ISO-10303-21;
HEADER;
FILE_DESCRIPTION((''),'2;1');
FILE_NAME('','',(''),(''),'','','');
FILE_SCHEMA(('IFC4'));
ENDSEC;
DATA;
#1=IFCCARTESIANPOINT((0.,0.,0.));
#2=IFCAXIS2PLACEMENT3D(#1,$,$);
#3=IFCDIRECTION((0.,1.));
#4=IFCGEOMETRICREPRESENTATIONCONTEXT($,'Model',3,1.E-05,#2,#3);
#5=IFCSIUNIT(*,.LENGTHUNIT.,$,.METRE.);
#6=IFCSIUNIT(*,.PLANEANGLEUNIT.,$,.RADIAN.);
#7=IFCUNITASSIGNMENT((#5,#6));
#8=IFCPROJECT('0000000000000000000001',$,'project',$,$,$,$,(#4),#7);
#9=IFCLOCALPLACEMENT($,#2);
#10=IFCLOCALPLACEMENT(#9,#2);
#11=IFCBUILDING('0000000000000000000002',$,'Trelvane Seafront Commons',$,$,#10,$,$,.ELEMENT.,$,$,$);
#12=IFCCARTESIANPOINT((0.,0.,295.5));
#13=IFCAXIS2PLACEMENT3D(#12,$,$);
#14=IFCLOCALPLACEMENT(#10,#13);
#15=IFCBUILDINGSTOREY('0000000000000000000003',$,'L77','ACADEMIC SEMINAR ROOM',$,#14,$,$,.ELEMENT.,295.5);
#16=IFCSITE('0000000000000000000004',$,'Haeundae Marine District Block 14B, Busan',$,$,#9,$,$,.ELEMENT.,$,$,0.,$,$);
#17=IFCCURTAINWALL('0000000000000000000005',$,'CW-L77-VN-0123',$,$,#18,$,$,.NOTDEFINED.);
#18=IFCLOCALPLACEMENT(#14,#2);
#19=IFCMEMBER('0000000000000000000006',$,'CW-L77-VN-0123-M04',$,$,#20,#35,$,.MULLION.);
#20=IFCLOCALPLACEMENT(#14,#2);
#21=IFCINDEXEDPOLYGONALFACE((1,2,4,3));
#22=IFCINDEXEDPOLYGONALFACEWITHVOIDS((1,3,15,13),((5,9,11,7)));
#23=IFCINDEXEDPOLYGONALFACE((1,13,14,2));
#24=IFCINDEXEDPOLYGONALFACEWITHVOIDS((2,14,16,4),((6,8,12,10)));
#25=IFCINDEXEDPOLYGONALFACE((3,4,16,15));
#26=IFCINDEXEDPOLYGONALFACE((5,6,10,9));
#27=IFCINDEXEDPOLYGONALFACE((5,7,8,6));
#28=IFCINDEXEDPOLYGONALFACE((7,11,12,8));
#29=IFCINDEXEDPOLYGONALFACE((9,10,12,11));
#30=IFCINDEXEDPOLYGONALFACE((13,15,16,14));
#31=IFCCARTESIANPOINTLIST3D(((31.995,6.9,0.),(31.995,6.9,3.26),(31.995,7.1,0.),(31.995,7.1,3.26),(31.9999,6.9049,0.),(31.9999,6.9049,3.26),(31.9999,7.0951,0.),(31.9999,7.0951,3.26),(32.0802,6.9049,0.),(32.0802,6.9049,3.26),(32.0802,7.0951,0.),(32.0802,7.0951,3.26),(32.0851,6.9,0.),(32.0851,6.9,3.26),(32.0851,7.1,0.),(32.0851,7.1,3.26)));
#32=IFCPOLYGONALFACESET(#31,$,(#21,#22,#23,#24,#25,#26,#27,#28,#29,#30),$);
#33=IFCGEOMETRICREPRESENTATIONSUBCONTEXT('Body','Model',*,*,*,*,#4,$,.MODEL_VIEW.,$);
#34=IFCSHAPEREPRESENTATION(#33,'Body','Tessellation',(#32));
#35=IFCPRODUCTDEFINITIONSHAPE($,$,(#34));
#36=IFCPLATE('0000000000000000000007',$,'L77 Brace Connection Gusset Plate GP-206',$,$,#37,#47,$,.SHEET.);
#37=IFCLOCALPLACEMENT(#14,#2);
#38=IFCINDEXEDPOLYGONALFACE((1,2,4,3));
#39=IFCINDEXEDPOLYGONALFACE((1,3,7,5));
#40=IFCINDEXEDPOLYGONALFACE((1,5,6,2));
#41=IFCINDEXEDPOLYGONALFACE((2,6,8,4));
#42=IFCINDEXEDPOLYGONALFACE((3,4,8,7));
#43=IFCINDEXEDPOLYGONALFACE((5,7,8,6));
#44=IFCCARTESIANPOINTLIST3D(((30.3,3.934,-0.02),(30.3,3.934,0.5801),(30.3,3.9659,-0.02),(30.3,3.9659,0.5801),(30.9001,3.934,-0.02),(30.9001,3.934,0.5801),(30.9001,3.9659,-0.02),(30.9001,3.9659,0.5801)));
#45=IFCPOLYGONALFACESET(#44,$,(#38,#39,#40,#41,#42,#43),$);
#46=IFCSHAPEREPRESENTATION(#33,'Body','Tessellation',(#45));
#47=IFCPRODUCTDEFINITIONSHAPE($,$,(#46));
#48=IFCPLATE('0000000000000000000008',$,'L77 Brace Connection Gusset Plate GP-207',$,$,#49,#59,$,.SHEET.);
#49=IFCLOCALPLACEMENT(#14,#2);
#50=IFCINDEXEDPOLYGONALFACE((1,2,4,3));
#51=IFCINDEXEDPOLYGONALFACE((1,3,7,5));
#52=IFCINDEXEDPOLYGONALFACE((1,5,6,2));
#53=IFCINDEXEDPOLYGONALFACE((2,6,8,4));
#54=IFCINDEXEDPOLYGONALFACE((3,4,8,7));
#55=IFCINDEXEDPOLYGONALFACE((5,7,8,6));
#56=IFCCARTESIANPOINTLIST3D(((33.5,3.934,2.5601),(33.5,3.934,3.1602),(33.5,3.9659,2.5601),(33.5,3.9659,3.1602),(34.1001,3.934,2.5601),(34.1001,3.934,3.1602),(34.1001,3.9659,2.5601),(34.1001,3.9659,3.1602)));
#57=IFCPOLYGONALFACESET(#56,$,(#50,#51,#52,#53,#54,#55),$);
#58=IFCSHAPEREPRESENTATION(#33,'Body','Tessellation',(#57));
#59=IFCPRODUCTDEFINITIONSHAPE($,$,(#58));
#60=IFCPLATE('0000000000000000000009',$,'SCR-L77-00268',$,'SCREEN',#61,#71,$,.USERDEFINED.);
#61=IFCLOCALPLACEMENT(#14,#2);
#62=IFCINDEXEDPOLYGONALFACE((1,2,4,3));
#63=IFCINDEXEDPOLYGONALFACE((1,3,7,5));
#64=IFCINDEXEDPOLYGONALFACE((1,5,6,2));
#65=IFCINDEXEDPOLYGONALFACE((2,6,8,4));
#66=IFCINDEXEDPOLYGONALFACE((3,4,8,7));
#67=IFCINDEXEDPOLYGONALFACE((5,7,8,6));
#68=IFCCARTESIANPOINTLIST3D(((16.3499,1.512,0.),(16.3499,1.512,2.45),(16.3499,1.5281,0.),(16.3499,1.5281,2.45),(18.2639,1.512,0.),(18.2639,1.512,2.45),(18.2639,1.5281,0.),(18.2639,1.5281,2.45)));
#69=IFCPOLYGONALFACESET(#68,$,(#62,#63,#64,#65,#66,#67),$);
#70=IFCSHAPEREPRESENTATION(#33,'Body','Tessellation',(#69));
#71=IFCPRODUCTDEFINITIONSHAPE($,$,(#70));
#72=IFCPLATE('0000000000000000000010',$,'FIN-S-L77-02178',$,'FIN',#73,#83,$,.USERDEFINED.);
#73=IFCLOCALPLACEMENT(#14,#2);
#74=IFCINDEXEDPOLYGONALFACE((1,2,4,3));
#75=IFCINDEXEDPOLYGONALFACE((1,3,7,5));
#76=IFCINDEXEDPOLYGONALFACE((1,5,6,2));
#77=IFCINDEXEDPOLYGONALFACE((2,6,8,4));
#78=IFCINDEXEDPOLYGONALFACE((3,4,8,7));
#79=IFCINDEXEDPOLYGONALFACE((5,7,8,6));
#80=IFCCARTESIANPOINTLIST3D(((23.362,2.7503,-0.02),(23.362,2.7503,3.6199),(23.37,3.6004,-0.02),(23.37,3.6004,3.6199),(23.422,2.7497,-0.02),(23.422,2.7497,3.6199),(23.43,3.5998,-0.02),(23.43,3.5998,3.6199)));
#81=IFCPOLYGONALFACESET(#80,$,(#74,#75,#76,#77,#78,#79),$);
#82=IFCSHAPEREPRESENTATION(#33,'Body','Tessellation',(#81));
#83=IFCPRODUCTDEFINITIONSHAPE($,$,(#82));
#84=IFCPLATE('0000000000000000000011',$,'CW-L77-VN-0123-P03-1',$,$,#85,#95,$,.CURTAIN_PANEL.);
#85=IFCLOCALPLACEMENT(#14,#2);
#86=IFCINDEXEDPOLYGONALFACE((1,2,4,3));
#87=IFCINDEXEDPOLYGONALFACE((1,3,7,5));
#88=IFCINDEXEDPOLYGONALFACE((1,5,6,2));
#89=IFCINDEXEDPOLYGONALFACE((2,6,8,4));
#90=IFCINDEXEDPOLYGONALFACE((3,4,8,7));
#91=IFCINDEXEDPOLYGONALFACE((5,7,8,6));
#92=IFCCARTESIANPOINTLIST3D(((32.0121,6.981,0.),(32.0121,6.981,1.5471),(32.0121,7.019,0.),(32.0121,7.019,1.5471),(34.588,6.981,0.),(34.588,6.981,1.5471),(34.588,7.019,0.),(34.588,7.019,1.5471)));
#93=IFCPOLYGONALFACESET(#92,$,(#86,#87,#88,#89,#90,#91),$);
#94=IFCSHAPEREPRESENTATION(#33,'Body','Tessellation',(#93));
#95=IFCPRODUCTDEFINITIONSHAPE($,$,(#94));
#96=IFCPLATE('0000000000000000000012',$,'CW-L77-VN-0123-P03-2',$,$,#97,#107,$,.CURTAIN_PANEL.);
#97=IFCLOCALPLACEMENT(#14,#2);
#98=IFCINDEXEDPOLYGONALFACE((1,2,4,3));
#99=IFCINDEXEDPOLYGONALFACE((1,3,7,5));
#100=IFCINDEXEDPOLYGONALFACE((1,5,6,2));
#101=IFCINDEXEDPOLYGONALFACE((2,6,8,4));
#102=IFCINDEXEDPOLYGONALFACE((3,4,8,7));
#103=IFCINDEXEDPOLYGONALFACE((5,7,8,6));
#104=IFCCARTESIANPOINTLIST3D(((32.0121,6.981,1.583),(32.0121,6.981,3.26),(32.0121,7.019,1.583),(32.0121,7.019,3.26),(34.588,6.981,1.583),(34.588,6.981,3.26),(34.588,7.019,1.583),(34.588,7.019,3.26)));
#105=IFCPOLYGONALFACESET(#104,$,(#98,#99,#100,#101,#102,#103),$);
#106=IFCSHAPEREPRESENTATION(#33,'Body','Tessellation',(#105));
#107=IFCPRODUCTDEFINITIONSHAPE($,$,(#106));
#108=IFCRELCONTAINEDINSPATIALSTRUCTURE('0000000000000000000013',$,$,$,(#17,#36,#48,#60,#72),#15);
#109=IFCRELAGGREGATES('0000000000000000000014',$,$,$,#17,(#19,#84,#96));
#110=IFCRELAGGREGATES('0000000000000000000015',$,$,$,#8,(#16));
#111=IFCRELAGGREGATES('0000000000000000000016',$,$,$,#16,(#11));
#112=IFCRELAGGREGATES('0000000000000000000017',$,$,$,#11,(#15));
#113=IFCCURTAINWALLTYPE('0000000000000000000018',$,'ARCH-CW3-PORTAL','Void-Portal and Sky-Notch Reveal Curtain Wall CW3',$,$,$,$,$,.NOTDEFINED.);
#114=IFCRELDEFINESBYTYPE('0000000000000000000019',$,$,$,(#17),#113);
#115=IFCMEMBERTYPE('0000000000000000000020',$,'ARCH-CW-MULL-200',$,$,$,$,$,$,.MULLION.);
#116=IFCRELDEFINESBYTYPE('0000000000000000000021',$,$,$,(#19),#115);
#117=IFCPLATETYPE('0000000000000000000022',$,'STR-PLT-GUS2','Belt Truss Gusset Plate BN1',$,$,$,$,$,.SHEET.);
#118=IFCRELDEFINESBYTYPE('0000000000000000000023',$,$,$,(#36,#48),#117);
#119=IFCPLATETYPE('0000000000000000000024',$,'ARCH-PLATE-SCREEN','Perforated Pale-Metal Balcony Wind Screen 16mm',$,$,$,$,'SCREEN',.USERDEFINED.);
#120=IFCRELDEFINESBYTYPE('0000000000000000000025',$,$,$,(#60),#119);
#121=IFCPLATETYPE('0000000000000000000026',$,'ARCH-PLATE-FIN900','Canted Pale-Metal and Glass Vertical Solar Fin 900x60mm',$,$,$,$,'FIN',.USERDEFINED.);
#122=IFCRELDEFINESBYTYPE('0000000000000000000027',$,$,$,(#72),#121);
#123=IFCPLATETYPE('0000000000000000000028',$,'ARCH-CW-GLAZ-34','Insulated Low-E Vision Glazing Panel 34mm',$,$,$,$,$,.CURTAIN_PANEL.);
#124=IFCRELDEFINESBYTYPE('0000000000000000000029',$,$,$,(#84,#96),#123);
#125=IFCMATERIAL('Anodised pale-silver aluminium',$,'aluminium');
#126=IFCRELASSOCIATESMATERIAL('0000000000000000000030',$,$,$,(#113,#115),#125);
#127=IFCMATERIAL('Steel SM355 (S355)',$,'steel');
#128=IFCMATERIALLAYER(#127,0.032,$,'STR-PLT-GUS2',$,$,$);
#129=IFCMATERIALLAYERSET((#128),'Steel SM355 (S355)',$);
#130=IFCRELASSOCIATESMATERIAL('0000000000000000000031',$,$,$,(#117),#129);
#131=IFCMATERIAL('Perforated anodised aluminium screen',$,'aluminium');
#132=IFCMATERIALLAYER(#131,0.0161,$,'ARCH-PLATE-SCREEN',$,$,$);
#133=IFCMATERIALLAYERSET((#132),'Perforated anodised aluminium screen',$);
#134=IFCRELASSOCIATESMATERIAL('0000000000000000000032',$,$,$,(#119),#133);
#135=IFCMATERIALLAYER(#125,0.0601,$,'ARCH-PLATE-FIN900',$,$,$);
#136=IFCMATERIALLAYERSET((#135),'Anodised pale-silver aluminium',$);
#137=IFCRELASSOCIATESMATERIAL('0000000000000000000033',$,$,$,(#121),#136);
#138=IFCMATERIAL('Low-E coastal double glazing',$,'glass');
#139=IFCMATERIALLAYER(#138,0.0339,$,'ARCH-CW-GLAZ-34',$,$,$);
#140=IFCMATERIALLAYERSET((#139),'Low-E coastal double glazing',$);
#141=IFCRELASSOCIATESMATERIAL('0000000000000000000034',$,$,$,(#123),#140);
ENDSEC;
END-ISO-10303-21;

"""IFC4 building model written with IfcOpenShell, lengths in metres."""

from ifc_helpers import new_model, si_unit, direction, frame, origin, origin_2d, place, context, subcontext, project, spatial, rectangle, hollow_rectangle, extrude, source, transform, mapped, material, layer, layer_set, material_profile, profile_set, type_object, element, aggregate, save


model = new_model("IFC4")

# Units and contexts
model_context = context("Model", 3, precision=1e-05, world=origin(), true_north=direction((0.0, 1.0)))
body_context = subcontext(model_context, "Body", "Model", "MODEL_VIEW")
ifc_project = project(units=[si_unit("LENGTHUNIT", "METRE"), si_unit("PLANEANGLEUNIT", "RADIAN")], contexts=[model_context])

# Site, building, storey
site_placement = place(None, origin())
site = spatial("IfcSite", under=ifc_project, at=site_placement, Name="Haeundae Marine District Block 14B, Busan", CompositionType="ELEMENT", RefElevation=0.0)
building_placement = place(site_placement, origin())
building = spatial("IfcBuilding", under=site, at=building_placement, Name="Trelvane Seafront Commons", CompositionType="ELEMENT")
storey_placement = place(building_placement, frame((0.0, 0.0, 295.5)))
storey = spatial("IfcBuildingStorey", under=building, at=storey_placement, Name="L77", Description="ACADEMIC SEMINAR ROOM", CompositionType="ELEMENT", Elevation=295.5)

# Shared definitions
ifc_material_1 = material(Name="Steel SM355 (S355)", Category="steel")

# Curtain wall, member
ifc_material_2 = material(Name="Anodised pale-silver aluminium", Category="aluminium")
curtain_wall_type = type_object("IfcCurtainWallType", Name="ARCH-CW3-PORTAL", Description="Void-Portal and Sky-Notch Reveal Curtain Wall CW3", PredefinedType="NOTDEFINED", material=ifc_material_2)
curtain_wall_placement = place(storey_placement, origin())
curtain_wall = element("IfcCurtainWall", 1, at=curtain_wall_placement, inside=storey, type_object=curtain_wall_type, Name="CW-L77-VN-0123", PredefinedType="NOTDEFINED")
ifc_material_profile_1 = material_profile(ifc_material_2, hollow_rectangle(XDim=0.0901, YDim=0.2, WallThickness=0.0049, at=origin_2d()), Name="MULL-90x200x5")
ifc_profile_set_1 = profile_set([ifc_material_profile_1], Name="Anodised pale-silver aluminium")
member_type_1 = type_object("IfcMemberType", Name="ARCH-CW-MULL-200", PredefinedType="MULLION", material=ifc_profile_set_1)
shared_shape_1 = source(origin(), body_context, "Body", "SweptSolid", [
    extrude(hollow_rectangle(XDim=0.0901, YDim=0.2, WallThickness=0.0049, at=origin_2d()), origin(), (0.0, 0.0, 1.0), 3.26),
])
member_1_placement = place(storey_placement, frame((32.04, 7.0, 0.0), z_axis=(0.0, 0.0, 1.0), x_axis=(1.0, 0.0, 0.0)))
member_1 = element("IfcMember", 2, at=member_1_placement, type_object=member_type_1, Name="CW-L77-VN-0123-M04", PredefinedType="MULLION", context=body_context, shape_type="MappedRepresentation", body=[
    mapped(shared_shape_1, transform((0.0, 0.0, 0.0), x_axis=(1.0, 0.0, 0.0), y_axis=(0.0, 1.0, 0.0), z_axis=(0.0, 0.0, 1.0), scale=1.0)),
])

# Plates
ifc_layer_1 = layer(ifc_material_1, 0.032, Name="STR-PLT-GUS2")
ifc_layer_set_1 = layer_set([ifc_layer_1], Name="Steel SM355 (S355)")
plate_type_1 = type_object("IfcPlateType", Name="STR-PLT-GUS2", Description="Belt Truss Gusset Plate BN1", PredefinedType="SHEET", material=ifc_layer_set_1)
shared_shape_2 = source(origin(), body_context, "Body", "SweptSolid", [
    extrude(rectangle(XDim=0.6001, YDim=0.032, at=origin_2d()), origin(), (0.0, 0.0, 1.0), 0.6001),
])
for number, where, z_axis, x_axis, name in (
    (3, (30.6001, 3.95, -0.02), (0.0, 0.0, 1.0), (1.0, 0.0, 0.0), "L77 Brace Connection Gusset Plate GP-206"),
    (4, (33.8, 3.95, 2.5601), (0.0, 0.0, 1.0), (1.0, 0.0, 0.0), "L77 Brace Connection Gusset Plate GP-207"),
):
    element("IfcPlate", number, at=place(storey_placement, frame(where, z_axis=z_axis, x_axis=x_axis)), inside=storey, type_object=plate_type_1, Name=name, PredefinedType="SHEET", context=body_context, shape_type="MappedRepresentation", body=[
        mapped(shared_shape_2, transform((0.0, 0.0, 0.0), x_axis=(1.0, 0.0, 0.0), y_axis=(0.0, 1.0, 0.0), z_axis=(0.0, 0.0, 1.0), scale=1.0)),
    ])
ifc_material_3 = material(Name="Perforated anodised aluminium screen", Category="aluminium")
ifc_layer_2 = layer(ifc_material_3, 0.0161, Name="ARCH-PLATE-SCREEN")
ifc_layer_set_2 = layer_set([ifc_layer_2], Name="Perforated anodised aluminium screen")
plate_type_2 = type_object("IfcPlateType", Name="ARCH-PLATE-SCREEN", Description="Perforated Pale-Metal Balcony Wind Screen 16mm", ElementType="SCREEN", PredefinedType="USERDEFINED", material=ifc_layer_set_2)
shared_shape_3 = source(origin(), body_context, "Body", "SweptSolid", [
    extrude(rectangle(XDim=1.9141, YDim=0.0161, at=origin_2d()), origin(), (0.0, 0.0, 1.0), 2.45),
])
plate_1_placement = place(storey_placement, frame((17.3069, 1.52, 0.0), z_axis=(0.0, 0.0, 1.0), x_axis=(1.0, 0.0, 0.0)))
element("IfcPlate", 5, at=plate_1_placement, inside=storey, type_object=plate_type_2, Name="SCR-L77-00268", ObjectType="SCREEN", PredefinedType="USERDEFINED", context=body_context, shape_type="MappedRepresentation", body=[
    mapped(shared_shape_3, transform((0.0, 0.0, 0.0), x_axis=(1.0, 0.0, 0.0), y_axis=(0.0, 1.0, 0.0), z_axis=(0.0, 0.0, 1.0), scale=1.0)),
])
ifc_layer_3 = layer(ifc_material_2, 0.0601, Name="ARCH-PLATE-FIN900")
ifc_layer_set_3 = layer_set([ifc_layer_3], Name="Anodised pale-silver aluminium")
plate_type_3 = type_object("IfcPlateType", Name="ARCH-PLATE-FIN900", Description="Canted Pale-Metal and Glass Vertical Solar Fin 900x60mm", ElementType="FIN", PredefinedType="USERDEFINED", material=ifc_layer_set_3)
shared_shape_4 = source(origin(), body_context, "Body", "SweptSolid", [
    extrude(rectangle(XDim=0.8501, YDim=0.0601, at=origin_2d()), origin(), (0.0, 0.0, 1.0), 3.6399),
])
plate_2_placement = place(storey_placement, frame((23.396, 3.175, -0.02), z_axis=(0.0, 0.0, 1.0), x_axis=(-0.009411, -0.999956, 0.0)))
element("IfcPlate", 6, at=plate_2_placement, inside=storey, type_object=plate_type_3, Name="FIN-S-L77-02178", ObjectType="FIN", PredefinedType="USERDEFINED", context=body_context, shape_type="MappedRepresentation", body=[
    mapped(shared_shape_4, transform((0.0, 0.0, 0.0), x_axis=(1.0, 0.0, 0.0), y_axis=(0.0, 1.0, 0.0), z_axis=(0.0, 0.0, 1.0), scale=1.0)),
])

# Plates
ifc_material_4 = material(Name="Low-E coastal double glazing", Category="glass")
ifc_layer_4 = layer(ifc_material_4, 0.0339, Name="ARCH-CW-GLAZ-34")
ifc_layer_set_4 = layer_set([ifc_layer_4], Name="Low-E coastal double glazing")
plate_type_4 = type_object("IfcPlateType", Name="ARCH-CW-GLAZ-34", Description="Insulated Low-E Vision Glazing Panel 34mm", PredefinedType="CURTAIN_PANEL", material=ifc_layer_set_4)
shared_shape_5 = source(origin(), body_context, "Body", "SweptSolid", [
    extrude(rectangle(XDim=2.5759, YDim=0.0381, at=origin_2d()), origin(), (0.0, 0.0, 1.0), 1.5471),
])
plate_3_placement = place(storey_placement, frame((33.3, 7.0, 0.0), z_axis=(0.0, 0.0, 1.0), x_axis=(-1.0, 0.0, 0.0)))
plate_3 = element("IfcPlate", 7, at=plate_3_placement, type_object=plate_type_4, Name="CW-L77-VN-0123-P03-1", PredefinedType="CURTAIN_PANEL", context=body_context, shape_type="MappedRepresentation", body=[
    mapped(shared_shape_5, transform((0.0, 0.0, 0.0), x_axis=(1.0, 0.0, 0.0), y_axis=(0.0, 1.0, 0.0), z_axis=(0.0, 0.0, 1.0), scale=1.0)),
])
shared_shape_6 = source(origin(), body_context, "Body", "SweptSolid", [
    extrude(rectangle(XDim=2.5759, YDim=0.0381, at=origin_2d()), origin(), (0.0, 0.0, 1.0), 1.677),
])
plate_4_placement = place(storey_placement, frame((33.3, 7.0, 1.583), z_axis=(0.0, 0.0, 1.0), x_axis=(-1.0, 0.0, 0.0)))
plate_4 = element("IfcPlate", 8, at=plate_4_placement, type_object=plate_type_4, Name="CW-L77-VN-0123-P03-2", PredefinedType="CURTAIN_PANEL", context=body_context, shape_type="MappedRepresentation", body=[
    mapped(shared_shape_6, transform((0.0, 0.0, 0.0), x_axis=(1.0, 0.0, 0.0), y_axis=(0.0, 1.0, 0.0), z_axis=(0.0, 0.0, 1.0), scale=1.0)),
])
aggregate(curtain_wall, [member_1, plate_3, plate_4])

save(model, "model.ifc")
